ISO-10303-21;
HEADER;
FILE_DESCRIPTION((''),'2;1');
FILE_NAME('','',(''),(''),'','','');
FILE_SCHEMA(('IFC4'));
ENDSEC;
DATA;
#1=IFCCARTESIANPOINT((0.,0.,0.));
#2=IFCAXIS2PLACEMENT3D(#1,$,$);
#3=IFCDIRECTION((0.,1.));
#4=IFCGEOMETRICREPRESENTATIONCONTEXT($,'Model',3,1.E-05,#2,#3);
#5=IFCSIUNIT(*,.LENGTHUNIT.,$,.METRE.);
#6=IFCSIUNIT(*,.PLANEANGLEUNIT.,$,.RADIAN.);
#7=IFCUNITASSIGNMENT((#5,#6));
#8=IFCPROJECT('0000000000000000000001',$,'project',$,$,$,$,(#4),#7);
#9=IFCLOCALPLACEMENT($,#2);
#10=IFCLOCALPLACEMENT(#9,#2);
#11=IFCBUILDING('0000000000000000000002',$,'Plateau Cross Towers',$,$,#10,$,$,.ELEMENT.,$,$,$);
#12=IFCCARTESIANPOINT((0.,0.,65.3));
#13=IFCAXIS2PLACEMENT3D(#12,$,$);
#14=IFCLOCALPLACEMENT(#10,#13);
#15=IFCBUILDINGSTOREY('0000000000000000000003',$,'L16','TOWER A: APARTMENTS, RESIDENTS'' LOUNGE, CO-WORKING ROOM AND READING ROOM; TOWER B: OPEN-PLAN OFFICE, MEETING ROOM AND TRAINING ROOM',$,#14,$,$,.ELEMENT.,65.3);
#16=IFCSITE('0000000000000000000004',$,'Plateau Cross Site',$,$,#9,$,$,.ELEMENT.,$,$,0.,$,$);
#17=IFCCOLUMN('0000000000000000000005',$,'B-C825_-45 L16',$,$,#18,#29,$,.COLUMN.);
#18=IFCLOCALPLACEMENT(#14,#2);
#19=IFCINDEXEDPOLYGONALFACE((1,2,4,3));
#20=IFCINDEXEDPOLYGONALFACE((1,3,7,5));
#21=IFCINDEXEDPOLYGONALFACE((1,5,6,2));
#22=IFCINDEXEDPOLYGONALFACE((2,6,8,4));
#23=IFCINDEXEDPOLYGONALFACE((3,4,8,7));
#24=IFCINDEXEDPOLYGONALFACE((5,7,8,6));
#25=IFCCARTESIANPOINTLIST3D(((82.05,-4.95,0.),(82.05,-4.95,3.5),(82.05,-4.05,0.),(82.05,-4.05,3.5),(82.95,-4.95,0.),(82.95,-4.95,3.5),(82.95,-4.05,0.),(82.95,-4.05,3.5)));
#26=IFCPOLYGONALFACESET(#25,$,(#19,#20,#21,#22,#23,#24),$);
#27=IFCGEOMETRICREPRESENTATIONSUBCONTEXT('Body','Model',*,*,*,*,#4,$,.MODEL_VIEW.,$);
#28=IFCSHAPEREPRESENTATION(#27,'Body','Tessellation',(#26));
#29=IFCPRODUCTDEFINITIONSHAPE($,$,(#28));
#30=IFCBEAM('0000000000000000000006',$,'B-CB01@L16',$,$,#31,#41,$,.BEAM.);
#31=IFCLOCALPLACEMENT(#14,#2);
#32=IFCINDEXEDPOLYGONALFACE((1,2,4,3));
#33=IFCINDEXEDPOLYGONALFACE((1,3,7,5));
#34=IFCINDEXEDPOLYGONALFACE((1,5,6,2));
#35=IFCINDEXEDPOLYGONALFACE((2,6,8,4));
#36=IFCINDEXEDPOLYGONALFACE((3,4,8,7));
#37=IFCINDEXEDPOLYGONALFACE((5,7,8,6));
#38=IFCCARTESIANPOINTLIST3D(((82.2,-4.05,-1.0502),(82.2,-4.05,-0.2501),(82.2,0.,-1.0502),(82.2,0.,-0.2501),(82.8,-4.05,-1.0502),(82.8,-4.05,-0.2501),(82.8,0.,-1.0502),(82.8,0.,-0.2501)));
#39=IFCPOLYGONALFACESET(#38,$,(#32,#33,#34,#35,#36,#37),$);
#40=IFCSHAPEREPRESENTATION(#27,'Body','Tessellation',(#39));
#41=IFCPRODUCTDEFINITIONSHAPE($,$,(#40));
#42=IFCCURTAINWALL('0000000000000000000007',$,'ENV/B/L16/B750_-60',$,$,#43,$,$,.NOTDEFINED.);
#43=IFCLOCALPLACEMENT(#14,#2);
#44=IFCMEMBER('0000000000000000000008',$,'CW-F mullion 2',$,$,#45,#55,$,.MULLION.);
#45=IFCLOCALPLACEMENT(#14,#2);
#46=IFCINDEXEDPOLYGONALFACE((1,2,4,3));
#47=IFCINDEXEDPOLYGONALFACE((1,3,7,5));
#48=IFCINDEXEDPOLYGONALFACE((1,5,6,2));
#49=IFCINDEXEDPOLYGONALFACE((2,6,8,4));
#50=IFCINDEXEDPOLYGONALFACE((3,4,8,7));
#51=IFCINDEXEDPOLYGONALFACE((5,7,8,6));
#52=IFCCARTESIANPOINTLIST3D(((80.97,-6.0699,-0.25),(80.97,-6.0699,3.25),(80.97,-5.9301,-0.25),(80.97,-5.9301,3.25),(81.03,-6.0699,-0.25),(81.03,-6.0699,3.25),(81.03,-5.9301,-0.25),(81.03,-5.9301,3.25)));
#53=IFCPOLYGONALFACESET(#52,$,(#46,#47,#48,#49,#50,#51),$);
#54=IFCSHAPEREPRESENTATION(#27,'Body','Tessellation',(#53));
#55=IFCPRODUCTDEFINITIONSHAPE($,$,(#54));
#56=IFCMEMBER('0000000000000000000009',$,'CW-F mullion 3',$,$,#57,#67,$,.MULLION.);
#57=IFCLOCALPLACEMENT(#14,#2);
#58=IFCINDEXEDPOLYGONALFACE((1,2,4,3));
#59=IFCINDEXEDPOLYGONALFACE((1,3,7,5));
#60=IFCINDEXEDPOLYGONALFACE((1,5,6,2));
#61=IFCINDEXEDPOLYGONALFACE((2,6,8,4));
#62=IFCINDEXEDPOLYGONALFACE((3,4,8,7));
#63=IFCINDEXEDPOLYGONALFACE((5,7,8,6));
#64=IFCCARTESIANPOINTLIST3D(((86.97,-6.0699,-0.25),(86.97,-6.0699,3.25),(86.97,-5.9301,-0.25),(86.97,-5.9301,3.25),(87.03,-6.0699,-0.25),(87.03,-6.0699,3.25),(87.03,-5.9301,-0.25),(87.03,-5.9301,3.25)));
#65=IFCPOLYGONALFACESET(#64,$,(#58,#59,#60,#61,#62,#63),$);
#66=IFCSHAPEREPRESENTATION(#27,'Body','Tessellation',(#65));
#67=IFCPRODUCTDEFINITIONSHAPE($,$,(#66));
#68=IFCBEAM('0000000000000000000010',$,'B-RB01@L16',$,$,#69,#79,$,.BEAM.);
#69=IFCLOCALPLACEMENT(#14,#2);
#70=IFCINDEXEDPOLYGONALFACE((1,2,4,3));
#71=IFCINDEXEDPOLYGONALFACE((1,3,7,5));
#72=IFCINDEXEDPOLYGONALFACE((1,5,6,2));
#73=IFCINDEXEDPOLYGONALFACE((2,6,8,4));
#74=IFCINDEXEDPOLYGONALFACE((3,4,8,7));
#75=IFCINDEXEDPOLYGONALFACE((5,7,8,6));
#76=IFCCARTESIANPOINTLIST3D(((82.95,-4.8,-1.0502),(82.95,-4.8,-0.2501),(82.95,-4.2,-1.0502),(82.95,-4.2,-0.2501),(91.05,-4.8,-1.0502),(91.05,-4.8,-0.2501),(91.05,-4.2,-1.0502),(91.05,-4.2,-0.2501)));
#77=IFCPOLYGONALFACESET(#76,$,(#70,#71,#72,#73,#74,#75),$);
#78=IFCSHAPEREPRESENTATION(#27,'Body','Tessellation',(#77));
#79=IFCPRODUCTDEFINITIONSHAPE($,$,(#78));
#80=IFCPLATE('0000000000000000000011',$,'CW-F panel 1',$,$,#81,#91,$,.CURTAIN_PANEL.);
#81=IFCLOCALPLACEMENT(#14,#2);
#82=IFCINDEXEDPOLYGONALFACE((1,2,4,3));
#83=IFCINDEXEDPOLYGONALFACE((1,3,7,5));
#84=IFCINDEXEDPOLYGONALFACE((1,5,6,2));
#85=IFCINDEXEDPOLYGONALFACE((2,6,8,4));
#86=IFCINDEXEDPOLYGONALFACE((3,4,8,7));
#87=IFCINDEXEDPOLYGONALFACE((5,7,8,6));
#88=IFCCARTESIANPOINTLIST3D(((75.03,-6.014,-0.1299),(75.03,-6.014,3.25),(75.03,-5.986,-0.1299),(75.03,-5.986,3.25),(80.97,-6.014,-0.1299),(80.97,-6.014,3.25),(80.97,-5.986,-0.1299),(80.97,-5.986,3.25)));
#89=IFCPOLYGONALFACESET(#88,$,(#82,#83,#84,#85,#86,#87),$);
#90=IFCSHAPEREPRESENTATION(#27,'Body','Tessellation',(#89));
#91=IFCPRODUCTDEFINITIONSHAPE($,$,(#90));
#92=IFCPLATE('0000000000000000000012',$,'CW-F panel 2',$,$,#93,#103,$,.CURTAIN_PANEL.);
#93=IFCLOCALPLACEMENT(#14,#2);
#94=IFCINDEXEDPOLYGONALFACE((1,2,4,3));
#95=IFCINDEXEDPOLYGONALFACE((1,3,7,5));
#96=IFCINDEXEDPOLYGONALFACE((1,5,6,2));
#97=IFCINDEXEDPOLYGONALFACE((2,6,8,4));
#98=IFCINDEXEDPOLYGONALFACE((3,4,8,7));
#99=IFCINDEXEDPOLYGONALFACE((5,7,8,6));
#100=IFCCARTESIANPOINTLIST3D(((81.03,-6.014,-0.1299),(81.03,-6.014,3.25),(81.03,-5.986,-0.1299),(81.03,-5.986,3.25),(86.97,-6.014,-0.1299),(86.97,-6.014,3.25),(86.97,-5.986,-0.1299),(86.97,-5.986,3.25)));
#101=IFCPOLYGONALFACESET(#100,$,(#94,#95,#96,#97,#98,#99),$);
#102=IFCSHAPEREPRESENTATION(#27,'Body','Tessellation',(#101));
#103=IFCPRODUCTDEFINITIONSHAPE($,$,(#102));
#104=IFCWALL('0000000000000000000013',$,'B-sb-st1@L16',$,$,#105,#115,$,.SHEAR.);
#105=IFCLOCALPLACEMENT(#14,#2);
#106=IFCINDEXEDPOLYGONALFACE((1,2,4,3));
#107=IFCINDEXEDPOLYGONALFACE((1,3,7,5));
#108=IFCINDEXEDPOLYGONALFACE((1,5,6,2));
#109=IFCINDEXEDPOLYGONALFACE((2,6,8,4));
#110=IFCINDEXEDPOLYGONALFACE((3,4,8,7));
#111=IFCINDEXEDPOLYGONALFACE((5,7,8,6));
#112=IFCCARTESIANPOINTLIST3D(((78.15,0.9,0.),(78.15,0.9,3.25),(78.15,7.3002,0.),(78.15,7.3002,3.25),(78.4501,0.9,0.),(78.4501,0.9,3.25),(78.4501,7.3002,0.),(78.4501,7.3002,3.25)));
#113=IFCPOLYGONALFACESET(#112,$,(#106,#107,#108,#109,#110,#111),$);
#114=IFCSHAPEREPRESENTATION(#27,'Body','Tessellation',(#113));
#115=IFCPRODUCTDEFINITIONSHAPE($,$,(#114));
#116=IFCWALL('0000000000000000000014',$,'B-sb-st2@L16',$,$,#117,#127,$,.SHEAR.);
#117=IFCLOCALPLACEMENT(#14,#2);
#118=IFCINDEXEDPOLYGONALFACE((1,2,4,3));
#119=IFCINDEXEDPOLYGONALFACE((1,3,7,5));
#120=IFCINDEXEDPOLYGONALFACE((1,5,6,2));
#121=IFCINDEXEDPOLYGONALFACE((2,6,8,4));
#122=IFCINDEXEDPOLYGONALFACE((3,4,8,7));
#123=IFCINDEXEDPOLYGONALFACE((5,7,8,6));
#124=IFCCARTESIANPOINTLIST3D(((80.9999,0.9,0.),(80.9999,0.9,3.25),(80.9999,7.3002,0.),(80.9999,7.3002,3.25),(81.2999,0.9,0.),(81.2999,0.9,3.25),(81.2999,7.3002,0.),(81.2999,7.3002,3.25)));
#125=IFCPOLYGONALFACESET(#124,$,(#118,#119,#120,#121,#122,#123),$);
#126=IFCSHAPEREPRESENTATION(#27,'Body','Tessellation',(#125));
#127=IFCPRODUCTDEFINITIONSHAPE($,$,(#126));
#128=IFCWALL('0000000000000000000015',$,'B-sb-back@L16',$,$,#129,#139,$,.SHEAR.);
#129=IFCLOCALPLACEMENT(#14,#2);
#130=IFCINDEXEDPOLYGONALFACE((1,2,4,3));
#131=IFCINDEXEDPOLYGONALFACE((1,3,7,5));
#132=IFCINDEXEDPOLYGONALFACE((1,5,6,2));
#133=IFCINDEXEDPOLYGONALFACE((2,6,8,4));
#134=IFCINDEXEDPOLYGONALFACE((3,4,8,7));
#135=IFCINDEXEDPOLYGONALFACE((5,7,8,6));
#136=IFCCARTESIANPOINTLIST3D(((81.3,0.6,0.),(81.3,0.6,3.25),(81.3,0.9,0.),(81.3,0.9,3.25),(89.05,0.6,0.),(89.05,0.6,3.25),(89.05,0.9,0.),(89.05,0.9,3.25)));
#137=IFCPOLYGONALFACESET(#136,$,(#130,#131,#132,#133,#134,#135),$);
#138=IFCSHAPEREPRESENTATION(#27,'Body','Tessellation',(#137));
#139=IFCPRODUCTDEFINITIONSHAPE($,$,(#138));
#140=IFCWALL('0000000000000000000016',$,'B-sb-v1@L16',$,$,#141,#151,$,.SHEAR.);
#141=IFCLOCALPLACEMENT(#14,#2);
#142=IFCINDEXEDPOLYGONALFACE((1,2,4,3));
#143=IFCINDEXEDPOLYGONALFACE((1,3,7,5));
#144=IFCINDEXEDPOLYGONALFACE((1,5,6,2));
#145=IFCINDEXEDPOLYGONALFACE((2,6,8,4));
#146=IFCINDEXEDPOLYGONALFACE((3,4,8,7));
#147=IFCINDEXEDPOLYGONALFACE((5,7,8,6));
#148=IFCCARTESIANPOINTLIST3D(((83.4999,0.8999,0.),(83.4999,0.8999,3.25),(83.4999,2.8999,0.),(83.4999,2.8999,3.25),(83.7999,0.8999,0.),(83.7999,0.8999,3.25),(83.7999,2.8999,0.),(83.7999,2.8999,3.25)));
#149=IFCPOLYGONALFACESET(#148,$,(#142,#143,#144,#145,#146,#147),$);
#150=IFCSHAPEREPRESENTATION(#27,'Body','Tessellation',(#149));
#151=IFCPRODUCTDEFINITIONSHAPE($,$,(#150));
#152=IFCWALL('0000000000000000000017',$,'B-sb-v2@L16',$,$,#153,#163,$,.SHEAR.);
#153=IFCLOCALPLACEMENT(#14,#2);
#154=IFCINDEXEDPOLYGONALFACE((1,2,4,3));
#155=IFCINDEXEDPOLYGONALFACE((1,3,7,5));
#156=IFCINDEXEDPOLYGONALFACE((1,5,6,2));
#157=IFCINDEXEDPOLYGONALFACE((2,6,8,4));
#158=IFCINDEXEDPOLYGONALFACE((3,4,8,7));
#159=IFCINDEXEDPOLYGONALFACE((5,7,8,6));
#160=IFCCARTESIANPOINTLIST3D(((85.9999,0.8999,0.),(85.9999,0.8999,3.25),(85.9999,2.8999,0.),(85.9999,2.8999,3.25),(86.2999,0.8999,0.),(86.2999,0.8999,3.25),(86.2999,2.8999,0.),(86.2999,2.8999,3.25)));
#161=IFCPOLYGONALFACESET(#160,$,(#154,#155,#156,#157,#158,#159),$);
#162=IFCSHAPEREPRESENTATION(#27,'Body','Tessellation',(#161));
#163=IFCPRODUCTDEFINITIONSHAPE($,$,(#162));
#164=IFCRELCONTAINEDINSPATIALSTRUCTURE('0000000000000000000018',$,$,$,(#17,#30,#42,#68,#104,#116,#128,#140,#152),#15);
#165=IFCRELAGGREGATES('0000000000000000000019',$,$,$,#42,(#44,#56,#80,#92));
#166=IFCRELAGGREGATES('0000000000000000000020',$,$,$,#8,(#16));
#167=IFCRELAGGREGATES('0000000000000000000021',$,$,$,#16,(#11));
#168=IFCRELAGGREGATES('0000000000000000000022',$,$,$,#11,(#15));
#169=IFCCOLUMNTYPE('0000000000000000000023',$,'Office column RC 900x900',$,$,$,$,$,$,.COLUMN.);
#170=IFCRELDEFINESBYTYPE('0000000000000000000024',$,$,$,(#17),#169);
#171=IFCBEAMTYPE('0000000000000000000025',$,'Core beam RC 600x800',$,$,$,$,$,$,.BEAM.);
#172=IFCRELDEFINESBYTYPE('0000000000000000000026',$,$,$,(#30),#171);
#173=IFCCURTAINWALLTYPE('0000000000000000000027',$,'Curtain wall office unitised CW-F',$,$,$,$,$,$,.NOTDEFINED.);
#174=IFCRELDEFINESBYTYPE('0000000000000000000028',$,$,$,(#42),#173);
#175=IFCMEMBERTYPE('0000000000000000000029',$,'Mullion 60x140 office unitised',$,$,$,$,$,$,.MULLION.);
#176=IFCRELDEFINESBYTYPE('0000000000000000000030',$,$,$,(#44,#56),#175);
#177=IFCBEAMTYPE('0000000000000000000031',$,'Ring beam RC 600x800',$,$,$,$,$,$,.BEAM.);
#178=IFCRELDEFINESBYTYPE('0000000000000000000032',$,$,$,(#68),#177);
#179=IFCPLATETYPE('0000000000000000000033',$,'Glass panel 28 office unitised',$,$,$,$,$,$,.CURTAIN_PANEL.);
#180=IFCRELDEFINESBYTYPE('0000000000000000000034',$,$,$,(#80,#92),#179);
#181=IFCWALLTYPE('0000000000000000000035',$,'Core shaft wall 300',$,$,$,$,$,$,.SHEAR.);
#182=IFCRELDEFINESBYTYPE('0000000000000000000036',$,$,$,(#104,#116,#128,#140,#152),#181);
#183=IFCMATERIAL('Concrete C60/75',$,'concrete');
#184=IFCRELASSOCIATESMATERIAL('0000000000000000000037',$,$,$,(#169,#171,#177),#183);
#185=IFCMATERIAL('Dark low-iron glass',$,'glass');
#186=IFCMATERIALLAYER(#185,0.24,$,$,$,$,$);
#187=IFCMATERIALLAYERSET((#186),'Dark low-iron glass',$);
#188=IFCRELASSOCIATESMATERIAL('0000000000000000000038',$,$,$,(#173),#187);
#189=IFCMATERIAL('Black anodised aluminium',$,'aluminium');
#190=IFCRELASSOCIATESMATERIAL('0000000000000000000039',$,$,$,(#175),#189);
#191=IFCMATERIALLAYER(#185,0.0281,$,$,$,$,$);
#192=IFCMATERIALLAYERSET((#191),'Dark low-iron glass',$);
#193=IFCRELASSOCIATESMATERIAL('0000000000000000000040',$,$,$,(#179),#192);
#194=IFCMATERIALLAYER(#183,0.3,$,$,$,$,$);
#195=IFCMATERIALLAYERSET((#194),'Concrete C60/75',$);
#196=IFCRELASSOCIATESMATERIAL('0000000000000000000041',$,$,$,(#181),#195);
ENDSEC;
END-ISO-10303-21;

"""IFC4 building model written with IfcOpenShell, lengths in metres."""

from ifc_helpers import new_model, si_unit, direction, frame, frame_2d, origin, origin_2d, place, context, subcontext, project, spatial, rectangle, extrude, material, layer, layer_set, material_profile, profile_set, type_object, element, aggregate, save


model = new_model("IFC4")

# Units and contexts
model_context = context("Model", 3, precision=1e-05, world=origin(), true_north=direction((0.0, 1.0)))
body_context = subcontext(model_context, "Body", "Model", "MODEL_VIEW")
ifc_project = project(units=[si_unit("LENGTHUNIT", "METRE"), si_unit("PLANEANGLEUNIT", "RADIAN")], contexts=[model_context])

# Site, building, storey
site_placement = place(None, origin())
site = spatial("IfcSite", under=ifc_project, at=site_placement, Name="Plateau Cross Site", CompositionType="ELEMENT", RefElevation=0.0)
building_placement = place(site_placement, origin())
building = spatial("IfcBuilding", under=site, at=building_placement, Name="Plateau Cross Towers", CompositionType="ELEMENT")
storey_placement = place(building_placement, frame((0.0, 0.0, 65.3)))
storey = spatial("IfcBuildingStorey", under=building, at=storey_placement, Name="L16", Description="TOWER A: APARTMENTS, RESIDENTS' LOUNGE, CO-WORKING ROOM AND READING ROOM; TOWER B: OPEN-PLAN OFFICE, MEETING ROOM AND TRAINING ROOM", CompositionType="ELEMENT", Elevation=65.3)

# Column
ifc_material_1 = material(Name="Concrete C60/75", Category="concrete")
ifc_material_profile_1 = material_profile(ifc_material_1, rectangle(XDim=0.8999, YDim=0.8999, at=origin_2d()), Name="RC 900x900")
ifc_profile_set_1 = profile_set([ifc_material_profile_1], Name="Concrete C60/75")
column_type = type_object("IfcColumnType", Name="Office column RC 900x900", PredefinedType="COLUMN", material=ifc_profile_set_1)
column_placement = place(storey_placement, frame((82.5, -4.5, 0.0), z_axis=(0.0, 0.0, 1.0), x_axis=(1.0, 0.0, 0.0)))
element("IfcColumn", 1, at=column_placement, inside=storey, type_object=column_type, Name="B-C825_-45 L16", PredefinedType="COLUMN", context=body_context, shape_type="SweptSolid", body=[
    extrude(rectangle(XDim=0.8999, YDim=0.8999, at=origin_2d()), origin(), (0.0, 0.0, 1.0), 3.5),
])

# Beam
ifc_material_profile_2 = material_profile(ifc_material_1, rectangle(XDim=0.6001, YDim=0.8, at=origin_2d()), Name="RC 600x800")
ifc_profile_set_2 = profile_set([ifc_material_profile_2], Name="Concrete C60/75")
beam_type_1 = type_object("IfcBeamType", Name="Core beam RC 600x800", PredefinedType="BEAM", material=ifc_profile_set_2)
beam_1_placement = place(storey_placement, frame((82.5, 0.0, -0.6501), z_axis=(0.0, -1.0, 0.0), x_axis=(1.0, 0.0, 0.0)))
element("IfcBeam", 2, at=beam_1_placement, inside=storey, type_object=beam_type_1, Name="B-CB01@L16", PredefinedType="BEAM", context=body_context, shape_type="SweptSolid", body=[
    extrude(rectangle(XDim=0.6001, YDim=0.8, at=origin_2d()), origin(), (0.0, 0.0, 1.0), 4.05),
])

# Curtain wall, members
ifc_material_2 = material(Name="Dark low-iron glass", Category="glass")
ifc_layer_1 = layer(ifc_material_2, 0.24)
ifc_layer_set_1 = layer_set([ifc_layer_1], Name="Dark low-iron glass")
curtain_wall_type = type_object("IfcCurtainWallType", Name="Curtain wall office unitised CW-F", PredefinedType="NOTDEFINED", material=ifc_layer_set_1)
curtain_wall_placement = place(storey_placement, origin())
curtain_wall = element("IfcCurtainWall", 3, at=curtain_wall_placement, inside=storey, type_object=curtain_wall_type, Name="ENV/B/L16/B750_-60", PredefinedType="NOTDEFINED")
ifc_material_3 = material(Name="Black anodised aluminium", Category="aluminium")
ifc_material_profile_3 = material_profile(ifc_material_3, rectangle(XDim=0.0601, YDim=0.1399, at=origin_2d()), Name="MULLION 60x140")
ifc_profile_set_3 = profile_set([ifc_material_profile_3], Name="Black anodised aluminium")
member_type = type_object("IfcMemberType", Name="Mullion 60x140 office unitised", PredefinedType="MULLION", material=ifc_profile_set_3)
member_1_placement = place(storey_placement, frame((81.0, -6.0, -0.25), z_axis=(0.0, 0.0, 1.0), x_axis=(1.0, 0.0, 0.0)))
member_1 = element("IfcMember", 4, at=member_1_placement, type_object=member_type, Name="CW-F mullion 2", PredefinedType="MULLION", context=body_context, shape_type="SweptSolid", body=[
    extrude(rectangle(XDim=0.0601, YDim=0.1399, at=origin_2d()), origin(), (0.0, 0.0, 1.0), 3.5),
])
member_2_placement = place(storey_placement, frame((87.0, -6.0, -0.25), z_axis=(0.0, 0.0, 1.0), x_axis=(1.0, 0.0, 0.0)))
member_2 = element("IfcMember", 5, at=member_2_placement, type_object=member_type, Name="CW-F mullion 3", PredefinedType="MULLION", context=body_context, shape_type="SweptSolid", body=[
    extrude(rectangle(XDim=0.0601, YDim=0.1399, at=origin_2d()), origin(), (0.0, 0.0, 1.0), 3.5),
])

# Beam
ifc_material_profile_4 = material_profile(ifc_material_1, rectangle(XDim=0.6001, YDim=0.8, at=origin_2d()), Name="RC 600x800")
ifc_profile_set_4 = profile_set([ifc_material_profile_4], Name="Concrete C60/75")
beam_type_2 = type_object("IfcBeamType", Name="Ring beam RC 600x800", PredefinedType="BEAM", material=ifc_profile_set_4)
beam_2_placement = place(storey_placement, frame((82.95, -4.5, -0.6501), z_axis=(1.0, 0.0, 0.0), x_axis=(0.0, 1.0, 0.0)))
element("IfcBeam", 6, at=beam_2_placement, inside=storey, type_object=beam_type_2, Name="B-RB01@L16", PredefinedType="BEAM", context=body_context, shape_type="SweptSolid", body=[
    extrude(rectangle(XDim=0.6001, YDim=0.8, at=origin_2d()), origin(), (0.0, 0.0, 1.0), 8.1001),
])

# Plates
ifc_layer_2 = layer(ifc_material_2, 0.0281)
ifc_layer_set_2 = layer_set([ifc_layer_2], Name="Dark low-iron glass")
plate_type = type_object("IfcPlateType", Name="Glass panel 28 office unitised", PredefinedType="CURTAIN_PANEL", material=ifc_layer_set_2)
plate_1_placement = place(storey_placement, frame((78.0, -6.0, -0.1299), z_axis=(0.0, 0.0, 1.0), x_axis=(1.0, 0.0, 0.0)))
plate_1 = element("IfcPlate", 7, at=plate_1_placement, type_object=plate_type, Name="CW-F panel 1", PredefinedType="CURTAIN_PANEL", context=body_context, shape_type="SweptSolid", body=[
    extrude(rectangle(XDim=5.9399, YDim=0.0281, at=origin_2d()), origin(), (0.0, 0.0, 1.0), 3.3799),
])
plate_2_placement = place(storey_placement, frame((84.0, -6.0, -0.1299), z_axis=(0.0, 0.0, 1.0), x_axis=(1.0, 0.0, 0.0)))
plate_2 = element("IfcPlate", 8, at=plate_2_placement, type_object=plate_type, Name="CW-F panel 2", PredefinedType="CURTAIN_PANEL", context=body_context, shape_type="SweptSolid", body=[
    extrude(rectangle(XDim=5.9399, YDim=0.0281, at=origin_2d()), origin(), (0.0, 0.0, 1.0), 3.3799),
])
aggregate(curtain_wall, [member_1, member_2, plate_1, plate_2])

# Walls
ifc_layer_3 = layer(ifc_material_1, 0.3)
ifc_layer_set_3 = layer_set([ifc_layer_3], Name="Concrete C60/75")
wall_type_1 = type_object("IfcWallType", Name="Core shaft wall 300", PredefinedType="SHEAR", material=ifc_layer_set_3)
for number, where, z_axis, x_axis, name in (
    (9, (78.3, 0.8999, 0.0), (0.0, 0.0, 1.0), (0.0, 1.0, 0.0), "B-sb-st1@L16"),
    (10, (81.1499, 0.8999, 0.0), (0.0, 0.0, 1.0), (0.0, 1.0, 0.0), "B-sb-st2@L16"),
):
    element("IfcWall", number, at=place(storey_placement, frame(where, z_axis=z_axis, x_axis=x_axis)), inside=storey, type_object=wall_type_1, Name=name, PredefinedType="SHEAR", context=body_context, shape_type="SweptSolid", body=[
        extrude(rectangle(XDim=6.4001, YDim=0.3, at=frame_2d((3.2002, 0.0))), origin(), (0.0, 0.0, 1.0), 3.25),
    ])
wall_1_placement = place(storey_placement, frame((81.3, 0.75, 0.0), z_axis=(0.0, 0.0, 1.0), x_axis=(1.0, 0.0, 0.0)))
element("IfcWall", 11, at=wall_1_placement, inside=storey, type_object=wall_type_1, Name="B-sb-back@L16", PredefinedType="SHEAR", context=body_context, shape_type="SweptSolid", body=[
    extrude(rectangle(XDim=7.75, YDim=0.3, at=frame_2d((3.875, 0.0))), origin(), (0.0, 0.0, 1.0), 3.25),
])
for number, where, z_axis, x_axis, name in (
    (12, (83.6499, 0.8999, 0.0), (0.0, 0.0, 1.0), (0.0, 1.0, 0.0), "B-sb-v1@L16"),
    (13, (86.1499, 0.8999, 0.0), (0.0, 0.0, 1.0), (0.0, 1.0, 0.0), "B-sb-v2@L16"),
):
    element("IfcWall", number, at=place(storey_placement, frame(where, z_axis=z_axis, x_axis=x_axis)), inside=storey, type_object=wall_type_1, Name=name, PredefinedType="SHEAR", context=body_context, shape_type="SweptSolid", body=[
        extrude(rectangle(XDim=2.0, YDim=0.3, at=frame_2d((1.0, 0.0))), origin(), (0.0, 0.0, 1.0), 3.25),
    ])

save(model, "model.ifc")
